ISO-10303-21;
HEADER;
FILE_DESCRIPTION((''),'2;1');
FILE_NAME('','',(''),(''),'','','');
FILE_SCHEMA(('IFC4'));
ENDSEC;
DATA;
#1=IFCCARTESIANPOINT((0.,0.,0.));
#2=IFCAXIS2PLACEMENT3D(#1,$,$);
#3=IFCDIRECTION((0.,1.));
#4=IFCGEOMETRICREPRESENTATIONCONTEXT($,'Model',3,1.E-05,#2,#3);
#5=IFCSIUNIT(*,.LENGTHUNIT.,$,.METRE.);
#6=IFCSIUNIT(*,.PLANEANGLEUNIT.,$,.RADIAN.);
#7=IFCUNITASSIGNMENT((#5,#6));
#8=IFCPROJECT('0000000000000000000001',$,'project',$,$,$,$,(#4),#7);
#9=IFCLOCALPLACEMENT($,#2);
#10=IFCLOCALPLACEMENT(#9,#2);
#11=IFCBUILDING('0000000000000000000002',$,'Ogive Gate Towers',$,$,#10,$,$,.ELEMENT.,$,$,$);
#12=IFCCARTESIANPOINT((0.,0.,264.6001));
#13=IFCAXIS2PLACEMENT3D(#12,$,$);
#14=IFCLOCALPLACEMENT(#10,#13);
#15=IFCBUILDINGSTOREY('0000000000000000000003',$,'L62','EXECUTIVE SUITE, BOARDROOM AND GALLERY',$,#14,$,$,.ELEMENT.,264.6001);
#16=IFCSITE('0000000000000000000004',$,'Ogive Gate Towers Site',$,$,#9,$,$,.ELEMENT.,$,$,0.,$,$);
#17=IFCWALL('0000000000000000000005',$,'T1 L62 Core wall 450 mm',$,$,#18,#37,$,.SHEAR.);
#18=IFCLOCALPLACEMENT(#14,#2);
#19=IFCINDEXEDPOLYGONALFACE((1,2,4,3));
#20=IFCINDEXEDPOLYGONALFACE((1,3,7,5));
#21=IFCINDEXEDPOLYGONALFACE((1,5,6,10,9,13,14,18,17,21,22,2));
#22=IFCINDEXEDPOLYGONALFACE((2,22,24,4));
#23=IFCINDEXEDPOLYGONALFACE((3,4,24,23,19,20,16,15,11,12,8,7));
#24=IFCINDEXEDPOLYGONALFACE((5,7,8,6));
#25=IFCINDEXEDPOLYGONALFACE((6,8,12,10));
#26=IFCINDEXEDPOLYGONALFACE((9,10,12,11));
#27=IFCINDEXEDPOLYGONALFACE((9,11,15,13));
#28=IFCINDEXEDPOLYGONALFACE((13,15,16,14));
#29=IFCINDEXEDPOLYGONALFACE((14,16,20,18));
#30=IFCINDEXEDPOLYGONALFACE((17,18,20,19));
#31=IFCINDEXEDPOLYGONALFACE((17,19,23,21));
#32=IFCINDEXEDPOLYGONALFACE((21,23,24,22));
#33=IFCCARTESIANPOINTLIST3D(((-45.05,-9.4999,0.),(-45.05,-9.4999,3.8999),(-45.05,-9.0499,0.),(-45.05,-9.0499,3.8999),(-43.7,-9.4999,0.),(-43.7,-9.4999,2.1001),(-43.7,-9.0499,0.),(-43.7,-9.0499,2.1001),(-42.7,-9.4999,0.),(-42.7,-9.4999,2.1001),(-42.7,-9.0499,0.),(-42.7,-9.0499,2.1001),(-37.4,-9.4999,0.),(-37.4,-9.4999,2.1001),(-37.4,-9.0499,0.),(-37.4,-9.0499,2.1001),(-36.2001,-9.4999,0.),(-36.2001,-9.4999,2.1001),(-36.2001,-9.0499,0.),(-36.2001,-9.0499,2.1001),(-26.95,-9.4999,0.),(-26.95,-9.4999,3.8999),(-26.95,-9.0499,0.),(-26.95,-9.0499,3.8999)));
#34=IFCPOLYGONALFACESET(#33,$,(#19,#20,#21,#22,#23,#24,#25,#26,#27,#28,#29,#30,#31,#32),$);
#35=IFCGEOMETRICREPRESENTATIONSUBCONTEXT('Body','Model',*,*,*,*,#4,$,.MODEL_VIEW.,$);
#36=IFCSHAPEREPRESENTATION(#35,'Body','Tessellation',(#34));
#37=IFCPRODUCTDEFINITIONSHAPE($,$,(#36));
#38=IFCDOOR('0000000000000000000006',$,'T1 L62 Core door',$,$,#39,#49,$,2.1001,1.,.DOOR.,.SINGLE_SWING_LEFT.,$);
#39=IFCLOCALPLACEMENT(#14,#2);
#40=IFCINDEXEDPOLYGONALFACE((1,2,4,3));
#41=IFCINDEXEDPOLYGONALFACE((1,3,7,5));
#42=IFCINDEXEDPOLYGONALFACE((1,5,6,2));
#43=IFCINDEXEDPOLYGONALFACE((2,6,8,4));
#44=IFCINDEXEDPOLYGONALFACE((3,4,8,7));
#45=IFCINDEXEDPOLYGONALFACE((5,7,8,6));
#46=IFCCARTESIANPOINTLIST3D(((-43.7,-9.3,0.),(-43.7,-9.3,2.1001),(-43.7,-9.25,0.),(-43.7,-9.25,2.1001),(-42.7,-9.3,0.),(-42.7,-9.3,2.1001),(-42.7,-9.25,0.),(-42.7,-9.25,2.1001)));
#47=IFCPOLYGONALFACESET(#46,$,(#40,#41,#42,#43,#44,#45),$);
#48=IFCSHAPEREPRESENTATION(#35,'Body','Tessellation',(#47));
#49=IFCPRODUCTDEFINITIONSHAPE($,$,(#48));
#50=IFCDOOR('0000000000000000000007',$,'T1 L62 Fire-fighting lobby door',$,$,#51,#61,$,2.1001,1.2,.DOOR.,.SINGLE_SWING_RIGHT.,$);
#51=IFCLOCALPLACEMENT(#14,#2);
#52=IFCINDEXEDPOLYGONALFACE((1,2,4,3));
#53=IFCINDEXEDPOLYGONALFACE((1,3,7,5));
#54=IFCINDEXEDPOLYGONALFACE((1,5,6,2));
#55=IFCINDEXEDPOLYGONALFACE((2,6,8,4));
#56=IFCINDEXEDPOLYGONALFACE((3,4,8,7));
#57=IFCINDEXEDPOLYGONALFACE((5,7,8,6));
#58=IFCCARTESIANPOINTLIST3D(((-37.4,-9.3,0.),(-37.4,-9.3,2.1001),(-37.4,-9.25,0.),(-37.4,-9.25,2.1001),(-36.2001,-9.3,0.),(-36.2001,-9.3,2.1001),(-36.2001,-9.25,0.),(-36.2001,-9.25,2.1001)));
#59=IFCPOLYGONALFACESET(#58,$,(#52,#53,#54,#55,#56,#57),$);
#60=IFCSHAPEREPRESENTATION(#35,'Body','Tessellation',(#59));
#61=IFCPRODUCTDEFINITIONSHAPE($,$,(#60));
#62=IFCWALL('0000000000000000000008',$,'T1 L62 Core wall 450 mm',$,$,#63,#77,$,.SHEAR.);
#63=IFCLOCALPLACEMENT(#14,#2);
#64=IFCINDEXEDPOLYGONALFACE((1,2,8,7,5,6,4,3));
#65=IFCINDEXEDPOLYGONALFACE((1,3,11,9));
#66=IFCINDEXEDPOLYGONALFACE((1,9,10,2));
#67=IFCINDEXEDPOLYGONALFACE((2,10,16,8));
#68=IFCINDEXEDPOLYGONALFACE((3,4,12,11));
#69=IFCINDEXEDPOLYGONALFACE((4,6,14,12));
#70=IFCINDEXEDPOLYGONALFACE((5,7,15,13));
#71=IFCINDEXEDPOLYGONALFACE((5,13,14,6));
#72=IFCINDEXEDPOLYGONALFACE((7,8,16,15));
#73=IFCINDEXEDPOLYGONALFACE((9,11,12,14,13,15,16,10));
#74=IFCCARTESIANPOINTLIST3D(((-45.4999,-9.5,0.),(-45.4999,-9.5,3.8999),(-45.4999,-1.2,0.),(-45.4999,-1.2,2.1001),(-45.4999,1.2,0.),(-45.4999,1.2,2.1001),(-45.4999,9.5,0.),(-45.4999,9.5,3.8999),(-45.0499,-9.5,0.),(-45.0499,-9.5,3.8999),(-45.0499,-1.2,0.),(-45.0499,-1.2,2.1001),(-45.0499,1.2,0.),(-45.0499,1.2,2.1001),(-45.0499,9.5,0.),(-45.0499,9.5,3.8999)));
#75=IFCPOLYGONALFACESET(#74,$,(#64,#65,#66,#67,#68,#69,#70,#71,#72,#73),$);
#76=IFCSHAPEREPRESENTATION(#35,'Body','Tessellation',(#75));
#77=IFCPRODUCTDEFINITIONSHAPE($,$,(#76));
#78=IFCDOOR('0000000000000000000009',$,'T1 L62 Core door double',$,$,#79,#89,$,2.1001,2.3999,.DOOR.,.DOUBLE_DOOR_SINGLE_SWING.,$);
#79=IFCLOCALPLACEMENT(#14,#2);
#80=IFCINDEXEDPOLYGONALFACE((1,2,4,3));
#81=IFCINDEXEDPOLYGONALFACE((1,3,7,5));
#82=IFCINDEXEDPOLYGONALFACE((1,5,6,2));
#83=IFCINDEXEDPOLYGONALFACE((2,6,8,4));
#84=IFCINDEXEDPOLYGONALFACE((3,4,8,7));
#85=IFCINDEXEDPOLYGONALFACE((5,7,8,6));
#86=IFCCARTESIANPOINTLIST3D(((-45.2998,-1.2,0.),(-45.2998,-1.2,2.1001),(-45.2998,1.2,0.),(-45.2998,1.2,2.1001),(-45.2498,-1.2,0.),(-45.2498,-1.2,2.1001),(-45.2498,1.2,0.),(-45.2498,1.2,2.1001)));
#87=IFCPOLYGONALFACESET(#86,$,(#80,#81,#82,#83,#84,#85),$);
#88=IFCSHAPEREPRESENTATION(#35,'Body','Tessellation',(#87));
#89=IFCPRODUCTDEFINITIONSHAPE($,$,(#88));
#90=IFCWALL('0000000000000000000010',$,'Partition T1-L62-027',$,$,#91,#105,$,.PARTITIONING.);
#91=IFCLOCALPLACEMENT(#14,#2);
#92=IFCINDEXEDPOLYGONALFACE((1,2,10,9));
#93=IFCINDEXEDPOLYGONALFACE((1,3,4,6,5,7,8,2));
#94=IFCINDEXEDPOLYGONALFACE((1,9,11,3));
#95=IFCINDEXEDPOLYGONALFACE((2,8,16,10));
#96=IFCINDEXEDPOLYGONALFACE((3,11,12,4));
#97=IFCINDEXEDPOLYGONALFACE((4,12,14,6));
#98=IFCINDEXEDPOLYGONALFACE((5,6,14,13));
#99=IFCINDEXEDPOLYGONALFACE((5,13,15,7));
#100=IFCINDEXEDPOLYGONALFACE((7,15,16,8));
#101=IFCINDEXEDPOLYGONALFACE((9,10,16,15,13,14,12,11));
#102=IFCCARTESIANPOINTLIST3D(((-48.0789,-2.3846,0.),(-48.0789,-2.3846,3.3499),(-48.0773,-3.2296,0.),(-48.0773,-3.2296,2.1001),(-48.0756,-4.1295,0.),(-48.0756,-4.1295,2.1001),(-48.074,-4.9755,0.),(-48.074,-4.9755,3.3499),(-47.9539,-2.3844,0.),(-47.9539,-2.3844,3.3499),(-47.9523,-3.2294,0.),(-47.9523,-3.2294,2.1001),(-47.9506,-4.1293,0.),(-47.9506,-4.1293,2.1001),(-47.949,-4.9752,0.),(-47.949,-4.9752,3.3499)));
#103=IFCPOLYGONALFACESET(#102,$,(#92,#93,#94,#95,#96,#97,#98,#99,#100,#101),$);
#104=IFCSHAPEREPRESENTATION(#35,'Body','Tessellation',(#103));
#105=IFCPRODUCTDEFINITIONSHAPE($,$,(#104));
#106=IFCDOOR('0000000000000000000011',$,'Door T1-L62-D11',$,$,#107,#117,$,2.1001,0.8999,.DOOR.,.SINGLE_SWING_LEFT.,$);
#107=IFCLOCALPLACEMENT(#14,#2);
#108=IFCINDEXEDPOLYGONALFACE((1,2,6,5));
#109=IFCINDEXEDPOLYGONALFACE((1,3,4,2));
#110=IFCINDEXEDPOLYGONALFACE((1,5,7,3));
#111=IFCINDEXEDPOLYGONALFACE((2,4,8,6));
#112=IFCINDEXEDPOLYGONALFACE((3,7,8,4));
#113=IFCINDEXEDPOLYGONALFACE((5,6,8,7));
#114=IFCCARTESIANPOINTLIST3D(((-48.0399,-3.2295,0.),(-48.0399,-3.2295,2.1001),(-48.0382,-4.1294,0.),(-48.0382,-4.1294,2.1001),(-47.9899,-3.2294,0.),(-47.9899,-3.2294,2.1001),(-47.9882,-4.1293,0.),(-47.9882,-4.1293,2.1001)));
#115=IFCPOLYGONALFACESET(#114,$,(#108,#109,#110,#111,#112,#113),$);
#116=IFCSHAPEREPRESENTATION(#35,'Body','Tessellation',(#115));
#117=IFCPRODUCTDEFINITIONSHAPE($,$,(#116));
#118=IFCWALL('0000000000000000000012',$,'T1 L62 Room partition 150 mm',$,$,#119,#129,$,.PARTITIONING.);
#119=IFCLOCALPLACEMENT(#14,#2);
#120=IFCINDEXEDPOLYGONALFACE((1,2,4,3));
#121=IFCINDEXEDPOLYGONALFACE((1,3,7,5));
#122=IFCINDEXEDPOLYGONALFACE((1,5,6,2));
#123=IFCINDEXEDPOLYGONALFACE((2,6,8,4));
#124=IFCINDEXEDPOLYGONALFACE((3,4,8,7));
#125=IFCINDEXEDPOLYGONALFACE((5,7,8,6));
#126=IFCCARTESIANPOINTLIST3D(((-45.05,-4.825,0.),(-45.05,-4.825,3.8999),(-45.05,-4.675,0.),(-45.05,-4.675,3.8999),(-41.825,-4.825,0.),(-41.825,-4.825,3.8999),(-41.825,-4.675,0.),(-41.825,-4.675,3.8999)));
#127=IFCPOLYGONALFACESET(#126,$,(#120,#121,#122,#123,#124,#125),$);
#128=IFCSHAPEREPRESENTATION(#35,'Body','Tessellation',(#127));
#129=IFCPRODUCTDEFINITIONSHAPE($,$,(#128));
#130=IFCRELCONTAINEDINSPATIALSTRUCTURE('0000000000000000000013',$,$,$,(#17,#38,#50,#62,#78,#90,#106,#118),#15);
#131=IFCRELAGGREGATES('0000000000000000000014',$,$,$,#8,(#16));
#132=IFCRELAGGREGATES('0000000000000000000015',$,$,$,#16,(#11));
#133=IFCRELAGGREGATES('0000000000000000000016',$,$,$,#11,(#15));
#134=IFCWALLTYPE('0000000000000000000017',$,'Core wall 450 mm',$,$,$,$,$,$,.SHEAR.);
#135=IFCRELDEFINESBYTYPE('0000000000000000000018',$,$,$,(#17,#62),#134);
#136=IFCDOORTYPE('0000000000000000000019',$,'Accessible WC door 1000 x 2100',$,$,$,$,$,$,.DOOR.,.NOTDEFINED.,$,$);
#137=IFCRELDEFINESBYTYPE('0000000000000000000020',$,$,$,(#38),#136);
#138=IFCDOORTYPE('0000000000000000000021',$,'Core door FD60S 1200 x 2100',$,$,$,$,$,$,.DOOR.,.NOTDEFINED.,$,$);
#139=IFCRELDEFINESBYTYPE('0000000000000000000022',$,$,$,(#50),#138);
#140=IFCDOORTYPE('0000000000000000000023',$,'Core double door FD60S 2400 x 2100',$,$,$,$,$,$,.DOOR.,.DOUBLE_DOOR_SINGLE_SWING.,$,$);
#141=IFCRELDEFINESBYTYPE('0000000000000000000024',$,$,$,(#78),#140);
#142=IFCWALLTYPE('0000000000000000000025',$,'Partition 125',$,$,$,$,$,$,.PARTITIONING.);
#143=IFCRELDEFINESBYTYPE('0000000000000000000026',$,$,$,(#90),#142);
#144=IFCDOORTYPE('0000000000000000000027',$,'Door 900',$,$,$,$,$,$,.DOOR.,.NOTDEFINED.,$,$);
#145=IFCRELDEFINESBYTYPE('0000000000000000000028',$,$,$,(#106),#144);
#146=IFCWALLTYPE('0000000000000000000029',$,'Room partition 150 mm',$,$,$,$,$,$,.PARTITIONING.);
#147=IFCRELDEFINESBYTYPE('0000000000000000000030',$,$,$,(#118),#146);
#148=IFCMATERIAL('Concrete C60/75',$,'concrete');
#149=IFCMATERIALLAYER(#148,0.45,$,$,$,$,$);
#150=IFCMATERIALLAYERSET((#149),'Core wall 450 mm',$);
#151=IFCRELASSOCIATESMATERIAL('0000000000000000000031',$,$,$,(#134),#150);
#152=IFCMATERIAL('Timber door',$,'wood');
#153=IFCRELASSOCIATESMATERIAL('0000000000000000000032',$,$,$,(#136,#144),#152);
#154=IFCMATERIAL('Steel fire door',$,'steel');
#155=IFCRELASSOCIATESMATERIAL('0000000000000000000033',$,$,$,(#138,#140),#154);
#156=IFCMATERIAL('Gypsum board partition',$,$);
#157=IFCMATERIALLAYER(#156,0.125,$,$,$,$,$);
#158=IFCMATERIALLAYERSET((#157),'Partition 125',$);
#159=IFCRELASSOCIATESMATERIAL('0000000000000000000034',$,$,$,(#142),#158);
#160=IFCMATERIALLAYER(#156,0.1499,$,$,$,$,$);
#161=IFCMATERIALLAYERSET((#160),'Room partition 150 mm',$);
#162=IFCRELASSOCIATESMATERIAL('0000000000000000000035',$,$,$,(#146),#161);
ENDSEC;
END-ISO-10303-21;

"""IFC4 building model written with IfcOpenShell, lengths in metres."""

from ifc_helpers import new_model, si_unit, direction, frame, frame_2d, origin, place, context, subcontext, project, spatial, rectangle, extrude, material, layer, layer_set, type_object, element, fill, save


model = new_model("IFC4")

# Units and contexts
model_context = context("Model", 3, precision=1e-05, world=origin(), true_north=direction((0.0, 1.0)))
body_context = subcontext(model_context, "Body", "Model", "MODEL_VIEW")
ifc_project = project(units=[si_unit("LENGTHUNIT", "METRE"), si_unit("PLANEANGLEUNIT", "RADIAN")], contexts=[model_context])

# Site, building, storey
site_placement = place(None, origin())
site = spatial("IfcSite", under=ifc_project, at=site_placement, Name="Ogive Gate Towers Site", CompositionType="ELEMENT", RefElevation=0.0)
building_placement = place(site_placement, origin())
building = spatial("IfcBuilding", under=site, at=building_placement, Name="Ogive Gate Towers", CompositionType="ELEMENT")
storey_placement = place(building_placement, frame((0.0, 0.0, 264.6001)))
storey = spatial("IfcBuildingStorey", under=building, at=storey_placement, Name="L62", Description="EXECUTIVE SUITE, BOARDROOM AND GALLERY", CompositionType="ELEMENT", Elevation=264.6001)

# Shared definitions
ifc_material_1 = material(Name="Timber door", Category="wood")

# Wall, openings, doors
ifc_material_2 = material(Name="Concrete C60/75", Category="concrete")
ifc_layer_1 = layer(ifc_material_2, 0.45)
ifc_layer_set_1 = layer_set([ifc_layer_1], Name="Core wall 450 mm")
wall_type_1 = type_object("IfcWallType", Name="Core wall 450 mm", PredefinedType="SHEAR", material=ifc_layer_set_1)
wall_1_placement = place(storey_placement, frame((-45.05, -9.2749, 0.0), z_axis=(0.0, 0.0, 1.0), x_axis=(1.0, 0.0, 0.0)))
wall_1 = element("IfcWall", 1, at=wall_1_placement, inside=storey, type_object=wall_type_1, Name="T1 L62 Core wall 450 mm", PredefinedType="SHEAR", context=body_context, shape_type="SweptSolid", body=[
    extrude(rectangle(XDim=18.1001, YDim=0.45, at=frame_2d((9.05, 0.0))), origin(), (0.0, 0.0, 1.0), 3.8999),
])
opening_1_placement = place(wall_1_placement, frame((7.6499, 0.0, 0.0)))
opening_1 = element("IfcOpeningElement", 2, at=opening_1_placement, cuts=wall_1, PredefinedType="OPENING", context=body_context, shape_type="SweptSolid", body=[
    extrude(rectangle(XDim=1.2, YDim=2.1001, at=frame_2d((0.6001, 1.05))), frame((0.0, 0.2349, 0.0), z_axis=(0.0, -1.0, 0.0), x_axis=(1.0, 0.0, 0.0)), (0.0, 0.0, 1.0), 0.47),
])
opening_2_placement = place(wall_1_placement, frame((1.3501, 0.0, 0.0)))
opening_2 = element("IfcOpeningElement", 3, at=opening_2_placement, cuts=wall_1, PredefinedType="OPENING", context=body_context, shape_type="SweptSolid", body=[
    extrude(rectangle(XDim=1.0, YDim=2.1001, at=frame_2d((0.5, 1.05))), frame((0.0, 0.2349, 0.0), z_axis=(0.0, -1.0, 0.0), x_axis=(1.0, 0.0, 0.0)), (0.0, 0.0, 1.0), 0.47),
])
door_type_1 = type_object("IfcDoorType", Name="Accessible WC door 1000 x 2100", OperationType="NOTDEFINED", PredefinedType="DOOR", material=ifc_material_1)
door_1_placement = place(opening_2_placement, origin())
door_1 = element("IfcDoor", 4, at=door_1_placement, inside=storey, type_object=door_type_1, Name="T1 L62 Core door", OperationType="SINGLE_SWING_LEFT", OverallHeight=2.1001, OverallWidth=1.0, PredefinedType="DOOR", context=body_context, shape_type="SweptSolid", body=[
    extrude(rectangle(XDim=1.0, YDim=2.1001, at=frame_2d((0.5, 1.05))), frame((0.0, 0.0249, 0.0), z_axis=(0.0, -1.0, 0.0), x_axis=(1.0, 0.0, 0.0)), (0.0, 0.0, 1.0), 0.05),
])
fill(opening_2, door_1)
ifc_material_3 = material(Name="Steel fire door", Category="steel")
door_type_2 = type_object("IfcDoorType", Name="Core door FD60S 1200 x 2100", OperationType="NOTDEFINED", PredefinedType="DOOR", material=ifc_material_3)
door_2_placement = place(opening_1_placement, origin())
door_2 = element("IfcDoor", 5, at=door_2_placement, inside=storey, type_object=door_type_2, Name="T1 L62 Fire-fighting lobby door", OperationType="SINGLE_SWING_RIGHT", OverallHeight=2.1001, OverallWidth=1.2, PredefinedType="DOOR", context=body_context, shape_type="SweptSolid", body=[
    extrude(rectangle(XDim=1.2, YDim=2.1001, at=frame_2d((0.6001, 1.05))), frame((0.0, 0.0249, 0.0), z_axis=(0.0, -1.0, 0.0), x_axis=(1.0, 0.0, 0.0)), (0.0, 0.0, 1.0), 0.05),
])
fill(opening_1, door_2)

# Walls, openings, doors
wall_2_placement = place(storey_placement, frame((-45.2749, -9.5, 0.0), z_axis=(0.0, 0.0, 1.0), x_axis=(0.0, 1.0, 0.0)))
wall_2 = element("IfcWall", 6, at=wall_2_placement, inside=storey, type_object=wall_type_1, Name="T1 L62 Core wall 450 mm", PredefinedType="SHEAR", context=body_context, shape_type="SweptSolid", body=[
    extrude(rectangle(XDim=19.0, YDim=0.45, at=frame_2d((9.5, 0.0))), origin(), (0.0, 0.0, 1.0), 3.8999),
])
opening_3_placement = place(wall_2_placement, frame((8.3, 0.0, 0.0)))
opening_3 = element("IfcOpeningElement", 7, at=opening_3_placement, cuts=wall_2, PredefinedType="OPENING", context=body_context, shape_type="SweptSolid", body=[
    extrude(rectangle(XDim=2.3999, YDim=2.1001, at=frame_2d((1.2, 1.05))), frame((0.0, 0.2349, 0.0), z_axis=(0.0, -1.0, 0.0), x_axis=(1.0, 0.0, 0.0)), (0.0, 0.0, 1.0), 0.47),
])
door_type_3 = type_object("IfcDoorType", Name="Core double door FD60S 2400 x 2100", OperationType="DOUBLE_DOOR_SINGLE_SWING", PredefinedType="DOOR", material=ifc_material_3)
door_3_placement = place(opening_3_placement, origin())
door_3 = element("IfcDoor", 8, at=door_3_placement, inside=storey, type_object=door_type_3, Name="T1 L62 Core door double", OperationType="DOUBLE_DOOR_SINGLE_SWING", OverallHeight=2.1001, OverallWidth=2.3999, PredefinedType="DOOR", context=body_context, shape_type="SweptSolid", body=[
    extrude(rectangle(XDim=2.3999, YDim=2.1001, at=frame_2d((1.2, 1.05))), frame((0.0, 0.0249, 0.0), z_axis=(0.0, -1.0, 0.0), x_axis=(1.0, 0.0, 0.0)), (0.0, 0.0, 1.0), 0.05),
])
fill(opening_3, door_3)
ifc_material_4 = material(Name="Gypsum board partition")
ifc_layer_2 = layer(ifc_material_4, 0.125)
ifc_layer_set_2 = layer_set([ifc_layer_2], Name="Partition 125")
wall_type_2 = type_object("IfcWallType", Name="Partition 125", PredefinedType="PARTITIONING", material=ifc_layer_set_2)
wall_3_placement = place(storey_placement, frame((-48.0164, -2.3845, 0.0), z_axis=(0.0, 0.0, 1.0), x_axis=(0.001885, -0.999998, 0.0)))
wall_3 = element("IfcWall", 9, at=wall_3_placement, inside=storey, type_object=wall_type_2, Name="Partition T1-L62-027", PredefinedType="PARTITIONING", context=body_context, shape_type="SweptSolid", body=[
    extrude(rectangle(XDim=2.5908, YDim=0.125, at=frame_2d((1.2954, 0.0))), origin(), (0.0, 0.0, 1.0), 3.3499),
])
opening_4_placement = place(wall_3_placement, frame((0.845, 0.0, 0.0)))
opening_4 = element("IfcOpeningElement", 10, at=opening_4_placement, cuts=wall_3, PredefinedType="OPENING", context=body_context, shape_type="SweptSolid", body=[
    extrude(rectangle(XDim=0.8999, YDim=2.1001, at=frame_2d((0.45, 1.05))), frame((0.0, 0.0725, 0.0), z_axis=(0.0, -1.0, 0.0), x_axis=(1.0, 0.0, 0.0)), (0.0, 0.0, 1.0), 0.145),
])
door_type_4 = type_object("IfcDoorType", Name="Door 900", OperationType="NOTDEFINED", PredefinedType="DOOR", material=ifc_material_1)
door_4_placement = place(opening_4_placement, origin())
door_4 = element("IfcDoor", 11, at=door_4_placement, inside=storey, type_object=door_type_4, Name="Door T1-L62-D11", OperationType="SINGLE_SWING_LEFT", OverallHeight=2.1001, OverallWidth=0.8999, PredefinedType="DOOR", context=body_context, shape_type="SweptSolid", body=[
    extrude(rectangle(XDim=0.8999, YDim=2.1001, at=frame_2d((0.45, 1.05))), frame((0.0, 0.0249, 0.0), z_axis=(0.0, -1.0, 0.0), x_axis=(1.0, 0.0, 0.0)), (0.0, 0.0, 1.0), 0.05),
])
fill(opening_4, door_4)

# Wall
ifc_layer_3 = layer(ifc_material_4, 0.1499)
ifc_layer_set_3 = layer_set([ifc_layer_3], Name="Room partition 150 mm")
wall_type_3 = type_object("IfcWallType", Name="Room partition 150 mm", PredefinedType="PARTITIONING", material=ifc_layer_set_3)
wall_4_placement = place(storey_placement, frame((-45.05, -4.75, 0.0), z_axis=(0.0, 0.0, 1.0), x_axis=(1.0, 0.0, 0.0)))
element("IfcWall", 12, at=wall_4_placement, inside=storey, type_object=wall_type_3, Name="T1 L62 Room partition 150 mm", PredefinedType="PARTITIONING", context=body_context, shape_type="SweptSolid", body=[
    extrude(rectangle(XDim=3.2251, YDim=0.1499, at=frame_2d((1.6125, 0.0))), origin(), (0.0, 0.0, 1.0), 3.8999),
])

save(model, "model.ifc")
